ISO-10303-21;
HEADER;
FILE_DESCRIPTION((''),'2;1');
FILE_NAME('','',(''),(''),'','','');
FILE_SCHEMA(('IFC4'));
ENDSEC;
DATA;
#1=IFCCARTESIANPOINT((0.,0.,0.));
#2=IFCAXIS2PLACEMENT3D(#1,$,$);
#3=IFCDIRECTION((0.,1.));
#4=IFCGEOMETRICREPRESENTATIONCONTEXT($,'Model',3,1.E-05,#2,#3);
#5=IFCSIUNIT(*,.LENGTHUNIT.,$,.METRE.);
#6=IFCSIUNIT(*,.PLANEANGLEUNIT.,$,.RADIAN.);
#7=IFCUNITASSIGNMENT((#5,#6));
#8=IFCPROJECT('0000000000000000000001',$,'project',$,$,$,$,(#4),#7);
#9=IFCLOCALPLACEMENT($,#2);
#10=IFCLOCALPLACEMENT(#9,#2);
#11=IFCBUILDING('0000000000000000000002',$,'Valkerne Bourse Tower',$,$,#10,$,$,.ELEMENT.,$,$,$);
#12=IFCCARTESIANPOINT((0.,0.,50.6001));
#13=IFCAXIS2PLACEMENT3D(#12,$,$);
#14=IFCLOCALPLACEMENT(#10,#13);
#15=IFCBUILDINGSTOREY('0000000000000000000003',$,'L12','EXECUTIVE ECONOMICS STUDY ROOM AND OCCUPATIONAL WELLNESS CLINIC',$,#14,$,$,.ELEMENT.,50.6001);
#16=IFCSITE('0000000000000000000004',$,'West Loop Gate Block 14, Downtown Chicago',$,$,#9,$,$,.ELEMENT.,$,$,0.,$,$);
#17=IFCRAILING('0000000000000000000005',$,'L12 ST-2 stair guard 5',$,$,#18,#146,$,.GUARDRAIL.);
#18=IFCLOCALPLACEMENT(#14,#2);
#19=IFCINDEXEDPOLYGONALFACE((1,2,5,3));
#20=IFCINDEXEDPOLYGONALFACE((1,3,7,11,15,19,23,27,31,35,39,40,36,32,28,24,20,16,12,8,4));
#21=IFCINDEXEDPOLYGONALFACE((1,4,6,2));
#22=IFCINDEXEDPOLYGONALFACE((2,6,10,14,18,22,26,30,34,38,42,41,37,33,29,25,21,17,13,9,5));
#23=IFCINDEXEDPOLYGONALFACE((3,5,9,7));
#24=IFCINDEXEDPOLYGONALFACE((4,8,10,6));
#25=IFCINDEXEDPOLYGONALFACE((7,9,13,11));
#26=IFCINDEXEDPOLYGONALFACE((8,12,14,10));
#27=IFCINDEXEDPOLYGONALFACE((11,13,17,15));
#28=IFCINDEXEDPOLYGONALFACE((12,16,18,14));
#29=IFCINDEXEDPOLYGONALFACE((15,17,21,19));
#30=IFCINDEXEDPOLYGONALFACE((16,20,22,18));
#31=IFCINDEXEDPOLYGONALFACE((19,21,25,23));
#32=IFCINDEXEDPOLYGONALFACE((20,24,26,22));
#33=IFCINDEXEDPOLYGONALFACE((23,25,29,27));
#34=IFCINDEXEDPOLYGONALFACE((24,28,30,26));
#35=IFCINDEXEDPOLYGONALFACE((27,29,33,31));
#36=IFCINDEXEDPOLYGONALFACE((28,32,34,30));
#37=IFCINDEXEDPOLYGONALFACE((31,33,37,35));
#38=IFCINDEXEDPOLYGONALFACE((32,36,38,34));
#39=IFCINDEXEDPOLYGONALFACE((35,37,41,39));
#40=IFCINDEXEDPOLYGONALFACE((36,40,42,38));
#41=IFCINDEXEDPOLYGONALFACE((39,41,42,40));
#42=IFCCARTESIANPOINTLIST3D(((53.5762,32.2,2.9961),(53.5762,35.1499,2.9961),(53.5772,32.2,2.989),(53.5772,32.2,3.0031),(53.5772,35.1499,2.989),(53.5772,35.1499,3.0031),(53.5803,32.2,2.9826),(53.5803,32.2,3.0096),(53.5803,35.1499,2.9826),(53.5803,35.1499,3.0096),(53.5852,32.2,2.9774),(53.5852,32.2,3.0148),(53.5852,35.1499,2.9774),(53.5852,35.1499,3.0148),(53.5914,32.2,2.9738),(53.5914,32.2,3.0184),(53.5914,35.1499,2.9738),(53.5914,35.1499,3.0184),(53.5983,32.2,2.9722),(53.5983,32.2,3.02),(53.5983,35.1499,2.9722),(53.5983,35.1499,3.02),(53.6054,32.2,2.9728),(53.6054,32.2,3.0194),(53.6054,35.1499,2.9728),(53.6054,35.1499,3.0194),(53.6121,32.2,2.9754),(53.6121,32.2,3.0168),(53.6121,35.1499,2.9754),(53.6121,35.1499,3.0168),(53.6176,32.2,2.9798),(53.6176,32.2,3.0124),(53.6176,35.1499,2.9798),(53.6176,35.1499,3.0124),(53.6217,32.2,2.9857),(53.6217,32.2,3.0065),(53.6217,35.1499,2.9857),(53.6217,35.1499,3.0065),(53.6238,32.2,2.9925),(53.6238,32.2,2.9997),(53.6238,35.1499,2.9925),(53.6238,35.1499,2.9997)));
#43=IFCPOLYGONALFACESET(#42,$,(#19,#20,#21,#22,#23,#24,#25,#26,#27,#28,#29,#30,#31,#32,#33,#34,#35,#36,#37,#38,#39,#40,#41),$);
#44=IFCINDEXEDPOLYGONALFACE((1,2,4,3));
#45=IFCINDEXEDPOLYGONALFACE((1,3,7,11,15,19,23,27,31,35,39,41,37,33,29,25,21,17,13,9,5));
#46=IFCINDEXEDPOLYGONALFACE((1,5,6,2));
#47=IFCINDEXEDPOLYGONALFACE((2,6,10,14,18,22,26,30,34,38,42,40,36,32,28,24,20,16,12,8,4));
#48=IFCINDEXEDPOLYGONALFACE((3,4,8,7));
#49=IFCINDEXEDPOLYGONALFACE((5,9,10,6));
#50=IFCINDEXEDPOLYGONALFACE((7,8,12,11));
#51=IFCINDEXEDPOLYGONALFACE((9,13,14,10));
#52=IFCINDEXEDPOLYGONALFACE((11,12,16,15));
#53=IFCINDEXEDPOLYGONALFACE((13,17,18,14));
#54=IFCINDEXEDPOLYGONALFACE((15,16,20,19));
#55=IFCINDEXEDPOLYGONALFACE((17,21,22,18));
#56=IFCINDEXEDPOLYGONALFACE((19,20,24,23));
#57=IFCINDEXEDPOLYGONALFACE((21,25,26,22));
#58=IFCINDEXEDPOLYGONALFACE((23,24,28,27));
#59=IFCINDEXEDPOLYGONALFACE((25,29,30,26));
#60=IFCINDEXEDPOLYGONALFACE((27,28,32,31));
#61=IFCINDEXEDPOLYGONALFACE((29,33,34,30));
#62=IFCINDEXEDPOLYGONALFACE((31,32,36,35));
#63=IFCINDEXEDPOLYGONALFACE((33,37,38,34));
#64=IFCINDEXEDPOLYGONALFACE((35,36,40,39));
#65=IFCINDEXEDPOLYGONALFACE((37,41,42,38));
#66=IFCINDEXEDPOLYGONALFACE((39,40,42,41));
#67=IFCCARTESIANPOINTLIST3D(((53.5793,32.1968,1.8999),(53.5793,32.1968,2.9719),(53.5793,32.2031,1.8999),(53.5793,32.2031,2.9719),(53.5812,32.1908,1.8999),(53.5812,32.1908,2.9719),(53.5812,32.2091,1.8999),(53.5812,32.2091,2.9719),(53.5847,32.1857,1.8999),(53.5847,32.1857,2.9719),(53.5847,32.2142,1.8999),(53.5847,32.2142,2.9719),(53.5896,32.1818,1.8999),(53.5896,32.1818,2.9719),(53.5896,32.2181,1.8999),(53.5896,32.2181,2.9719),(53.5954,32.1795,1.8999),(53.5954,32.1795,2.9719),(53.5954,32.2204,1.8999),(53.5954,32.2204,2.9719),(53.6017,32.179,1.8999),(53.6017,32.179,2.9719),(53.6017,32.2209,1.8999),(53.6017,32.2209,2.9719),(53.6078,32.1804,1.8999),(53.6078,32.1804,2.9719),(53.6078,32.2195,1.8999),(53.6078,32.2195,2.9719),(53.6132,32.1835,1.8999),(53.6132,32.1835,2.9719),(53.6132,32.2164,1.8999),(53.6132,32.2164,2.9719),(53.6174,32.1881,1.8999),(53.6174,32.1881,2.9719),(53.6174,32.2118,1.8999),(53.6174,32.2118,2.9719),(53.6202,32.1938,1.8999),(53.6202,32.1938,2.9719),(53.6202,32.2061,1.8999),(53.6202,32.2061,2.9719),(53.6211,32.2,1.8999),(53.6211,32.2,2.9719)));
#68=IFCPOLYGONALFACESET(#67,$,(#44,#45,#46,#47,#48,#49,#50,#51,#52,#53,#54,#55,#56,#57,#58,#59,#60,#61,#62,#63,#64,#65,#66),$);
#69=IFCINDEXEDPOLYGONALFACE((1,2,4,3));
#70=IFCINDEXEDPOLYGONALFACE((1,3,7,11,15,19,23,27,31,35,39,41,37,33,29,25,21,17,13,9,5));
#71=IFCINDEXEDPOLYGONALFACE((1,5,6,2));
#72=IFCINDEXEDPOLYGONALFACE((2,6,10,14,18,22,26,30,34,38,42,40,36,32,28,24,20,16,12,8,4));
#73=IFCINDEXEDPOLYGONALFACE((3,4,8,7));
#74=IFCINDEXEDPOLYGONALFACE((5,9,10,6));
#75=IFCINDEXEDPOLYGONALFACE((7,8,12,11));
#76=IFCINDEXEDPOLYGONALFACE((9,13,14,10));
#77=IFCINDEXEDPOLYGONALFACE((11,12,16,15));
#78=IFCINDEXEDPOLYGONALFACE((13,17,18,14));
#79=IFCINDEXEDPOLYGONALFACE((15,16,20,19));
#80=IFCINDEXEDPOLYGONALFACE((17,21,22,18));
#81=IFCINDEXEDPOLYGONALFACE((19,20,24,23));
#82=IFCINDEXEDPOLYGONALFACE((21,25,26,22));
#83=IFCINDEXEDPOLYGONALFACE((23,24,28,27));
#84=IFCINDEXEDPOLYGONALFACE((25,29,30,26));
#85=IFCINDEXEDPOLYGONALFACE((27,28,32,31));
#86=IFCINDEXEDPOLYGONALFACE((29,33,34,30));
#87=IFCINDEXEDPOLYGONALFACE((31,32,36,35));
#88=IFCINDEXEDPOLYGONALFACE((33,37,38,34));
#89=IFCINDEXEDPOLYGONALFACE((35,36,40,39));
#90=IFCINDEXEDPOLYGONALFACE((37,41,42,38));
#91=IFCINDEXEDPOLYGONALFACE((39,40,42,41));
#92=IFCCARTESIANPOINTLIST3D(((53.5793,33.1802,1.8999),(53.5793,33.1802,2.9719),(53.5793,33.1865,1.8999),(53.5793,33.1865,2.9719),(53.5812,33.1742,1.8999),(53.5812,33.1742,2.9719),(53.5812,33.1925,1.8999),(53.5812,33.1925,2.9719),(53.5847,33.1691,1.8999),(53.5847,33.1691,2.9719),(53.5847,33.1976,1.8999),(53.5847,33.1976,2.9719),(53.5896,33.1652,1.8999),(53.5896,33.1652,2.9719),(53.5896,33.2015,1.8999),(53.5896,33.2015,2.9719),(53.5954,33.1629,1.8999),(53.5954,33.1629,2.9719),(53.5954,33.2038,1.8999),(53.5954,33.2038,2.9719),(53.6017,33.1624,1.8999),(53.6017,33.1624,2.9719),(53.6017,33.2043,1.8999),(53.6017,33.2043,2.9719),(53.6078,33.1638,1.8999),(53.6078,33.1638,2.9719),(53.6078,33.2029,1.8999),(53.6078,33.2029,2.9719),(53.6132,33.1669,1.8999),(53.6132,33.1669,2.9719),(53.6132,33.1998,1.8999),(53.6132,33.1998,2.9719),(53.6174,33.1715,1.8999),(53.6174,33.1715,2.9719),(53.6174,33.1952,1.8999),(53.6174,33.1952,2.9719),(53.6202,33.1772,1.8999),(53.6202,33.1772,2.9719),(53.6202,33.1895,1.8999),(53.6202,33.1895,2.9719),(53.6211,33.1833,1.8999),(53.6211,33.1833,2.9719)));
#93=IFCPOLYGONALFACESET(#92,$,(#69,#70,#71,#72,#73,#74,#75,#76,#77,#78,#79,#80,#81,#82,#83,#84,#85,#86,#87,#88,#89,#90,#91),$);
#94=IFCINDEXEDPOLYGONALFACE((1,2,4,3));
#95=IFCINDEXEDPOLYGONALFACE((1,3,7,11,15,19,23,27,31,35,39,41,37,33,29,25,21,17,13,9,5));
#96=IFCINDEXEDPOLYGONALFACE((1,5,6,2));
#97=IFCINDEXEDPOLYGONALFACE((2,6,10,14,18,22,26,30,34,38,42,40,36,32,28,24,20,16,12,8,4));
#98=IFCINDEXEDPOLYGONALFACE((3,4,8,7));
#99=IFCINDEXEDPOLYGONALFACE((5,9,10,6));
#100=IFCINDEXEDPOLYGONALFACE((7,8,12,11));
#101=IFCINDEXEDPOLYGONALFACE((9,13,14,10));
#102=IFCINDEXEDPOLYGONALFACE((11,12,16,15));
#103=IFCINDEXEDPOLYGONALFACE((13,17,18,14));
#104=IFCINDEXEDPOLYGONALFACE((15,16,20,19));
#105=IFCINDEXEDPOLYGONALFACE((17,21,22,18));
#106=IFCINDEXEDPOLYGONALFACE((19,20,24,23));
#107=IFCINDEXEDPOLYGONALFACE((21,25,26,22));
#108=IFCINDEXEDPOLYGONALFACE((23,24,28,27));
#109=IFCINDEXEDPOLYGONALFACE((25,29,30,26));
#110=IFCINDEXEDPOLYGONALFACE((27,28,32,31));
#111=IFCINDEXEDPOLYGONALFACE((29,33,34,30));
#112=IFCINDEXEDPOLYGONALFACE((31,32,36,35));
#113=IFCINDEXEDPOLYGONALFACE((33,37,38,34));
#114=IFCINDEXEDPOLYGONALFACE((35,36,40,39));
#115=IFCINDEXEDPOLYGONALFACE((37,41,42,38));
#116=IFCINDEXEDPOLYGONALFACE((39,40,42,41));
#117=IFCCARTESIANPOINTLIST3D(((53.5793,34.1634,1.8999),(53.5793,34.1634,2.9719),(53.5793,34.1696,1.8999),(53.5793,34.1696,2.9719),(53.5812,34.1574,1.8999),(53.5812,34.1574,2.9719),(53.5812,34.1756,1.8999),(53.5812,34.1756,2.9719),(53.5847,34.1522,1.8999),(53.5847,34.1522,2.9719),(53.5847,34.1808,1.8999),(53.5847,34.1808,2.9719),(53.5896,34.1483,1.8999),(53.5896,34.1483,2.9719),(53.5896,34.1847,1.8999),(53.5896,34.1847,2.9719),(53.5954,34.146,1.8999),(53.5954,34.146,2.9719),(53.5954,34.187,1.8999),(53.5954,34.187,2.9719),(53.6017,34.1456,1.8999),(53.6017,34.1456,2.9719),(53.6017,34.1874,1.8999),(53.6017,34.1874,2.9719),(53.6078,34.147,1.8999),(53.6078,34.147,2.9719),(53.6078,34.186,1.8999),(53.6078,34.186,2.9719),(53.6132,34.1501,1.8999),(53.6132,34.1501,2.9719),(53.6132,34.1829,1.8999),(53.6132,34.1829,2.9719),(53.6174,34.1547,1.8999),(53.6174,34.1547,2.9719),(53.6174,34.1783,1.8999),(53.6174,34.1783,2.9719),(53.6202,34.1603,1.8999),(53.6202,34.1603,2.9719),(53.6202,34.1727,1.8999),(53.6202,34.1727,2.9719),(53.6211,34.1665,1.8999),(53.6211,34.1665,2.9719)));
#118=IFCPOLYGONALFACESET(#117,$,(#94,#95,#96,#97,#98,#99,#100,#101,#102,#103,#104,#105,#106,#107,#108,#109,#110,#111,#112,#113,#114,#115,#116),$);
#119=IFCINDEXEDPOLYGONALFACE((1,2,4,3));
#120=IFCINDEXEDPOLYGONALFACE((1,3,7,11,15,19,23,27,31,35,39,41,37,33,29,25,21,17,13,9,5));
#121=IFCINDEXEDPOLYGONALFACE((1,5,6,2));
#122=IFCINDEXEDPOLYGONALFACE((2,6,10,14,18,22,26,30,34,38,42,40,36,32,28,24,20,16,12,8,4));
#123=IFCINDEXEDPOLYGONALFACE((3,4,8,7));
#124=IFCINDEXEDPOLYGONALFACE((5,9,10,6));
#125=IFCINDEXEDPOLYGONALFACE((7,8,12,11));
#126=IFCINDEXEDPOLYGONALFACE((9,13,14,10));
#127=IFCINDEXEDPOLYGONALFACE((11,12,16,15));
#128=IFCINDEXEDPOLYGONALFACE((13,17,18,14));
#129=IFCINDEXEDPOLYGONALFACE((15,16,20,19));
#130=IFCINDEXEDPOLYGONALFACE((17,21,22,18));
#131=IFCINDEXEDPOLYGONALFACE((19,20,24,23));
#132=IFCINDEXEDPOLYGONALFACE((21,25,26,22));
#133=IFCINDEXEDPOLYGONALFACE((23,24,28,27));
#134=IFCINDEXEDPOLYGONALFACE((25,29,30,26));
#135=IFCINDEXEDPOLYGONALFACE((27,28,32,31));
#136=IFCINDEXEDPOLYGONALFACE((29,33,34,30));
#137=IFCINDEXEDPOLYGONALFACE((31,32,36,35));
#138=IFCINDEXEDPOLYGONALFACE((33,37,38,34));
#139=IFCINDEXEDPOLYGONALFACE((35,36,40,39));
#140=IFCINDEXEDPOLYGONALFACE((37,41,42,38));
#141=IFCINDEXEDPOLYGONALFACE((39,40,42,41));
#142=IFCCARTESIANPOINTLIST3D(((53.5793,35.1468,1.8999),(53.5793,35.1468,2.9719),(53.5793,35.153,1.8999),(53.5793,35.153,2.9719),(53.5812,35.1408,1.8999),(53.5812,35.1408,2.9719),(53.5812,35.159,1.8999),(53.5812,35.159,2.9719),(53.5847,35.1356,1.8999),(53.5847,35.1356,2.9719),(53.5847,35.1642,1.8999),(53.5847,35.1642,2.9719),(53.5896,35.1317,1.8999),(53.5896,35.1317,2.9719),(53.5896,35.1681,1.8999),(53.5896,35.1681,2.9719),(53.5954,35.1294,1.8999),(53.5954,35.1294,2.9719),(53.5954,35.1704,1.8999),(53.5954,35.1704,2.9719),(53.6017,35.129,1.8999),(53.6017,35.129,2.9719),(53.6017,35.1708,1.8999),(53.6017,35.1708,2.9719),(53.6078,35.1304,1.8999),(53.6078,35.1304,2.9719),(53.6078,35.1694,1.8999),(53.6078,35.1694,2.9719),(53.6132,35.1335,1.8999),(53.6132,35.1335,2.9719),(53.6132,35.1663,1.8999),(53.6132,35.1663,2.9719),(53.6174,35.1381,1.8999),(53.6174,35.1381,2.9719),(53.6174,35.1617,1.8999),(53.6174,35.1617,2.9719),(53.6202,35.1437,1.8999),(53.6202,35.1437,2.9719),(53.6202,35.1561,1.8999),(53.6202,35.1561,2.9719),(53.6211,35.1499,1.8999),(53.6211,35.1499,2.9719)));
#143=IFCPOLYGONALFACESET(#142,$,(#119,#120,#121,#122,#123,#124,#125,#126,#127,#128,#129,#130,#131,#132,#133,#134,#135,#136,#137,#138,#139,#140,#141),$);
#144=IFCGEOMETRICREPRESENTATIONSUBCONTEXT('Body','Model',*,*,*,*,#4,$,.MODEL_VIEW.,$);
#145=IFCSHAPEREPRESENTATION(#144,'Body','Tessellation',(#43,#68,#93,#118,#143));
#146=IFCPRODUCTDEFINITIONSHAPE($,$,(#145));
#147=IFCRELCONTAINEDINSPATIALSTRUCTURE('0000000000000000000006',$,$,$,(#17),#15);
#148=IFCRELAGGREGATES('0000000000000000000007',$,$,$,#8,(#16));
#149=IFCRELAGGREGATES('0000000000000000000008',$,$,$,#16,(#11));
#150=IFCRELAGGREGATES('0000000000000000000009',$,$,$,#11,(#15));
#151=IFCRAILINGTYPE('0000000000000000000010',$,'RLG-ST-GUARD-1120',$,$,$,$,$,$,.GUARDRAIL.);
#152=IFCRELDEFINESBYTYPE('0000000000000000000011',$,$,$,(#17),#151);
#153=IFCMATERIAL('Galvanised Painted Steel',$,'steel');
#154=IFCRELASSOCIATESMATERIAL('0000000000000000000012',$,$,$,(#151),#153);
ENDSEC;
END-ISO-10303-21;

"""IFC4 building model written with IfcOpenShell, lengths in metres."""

from ifc_helpers import new_model, si_unit, direction, frame, origin, origin_2d, place, context, subcontext, project, spatial, circle, extrude, material, type_object, element, save


model = new_model("IFC4")

# Units and contexts
model_context = context("Model", 3, precision=1e-05, world=origin(), true_north=direction((0.0, 1.0)))
body_context = subcontext(model_context, "Body", "Model", "MODEL_VIEW")
ifc_project = project(units=[si_unit("LENGTHUNIT", "METRE"), si_unit("PLANEANGLEUNIT", "RADIAN")], contexts=[model_context])

# Site, building, storey
site_placement = place(None, origin())
site = spatial("IfcSite", under=ifc_project, at=site_placement, Name="West Loop Gate Block 14, Downtown Chicago", CompositionType="ELEMENT", RefElevation=0.0)
building_placement = place(site_placement, origin())
building = spatial("IfcBuilding", under=site, at=building_placement, Name="Valkerne Bourse Tower", CompositionType="ELEMENT")
storey_placement = place(building_placement, frame((0.0, 0.0, 50.6001)))
storey = spatial("IfcBuildingStorey", under=building, at=storey_placement, Name="L12", Description="EXECUTIVE ECONOMICS STUDY ROOM AND OCCUPATIONAL WELLNESS CLINIC", CompositionType="ELEMENT", Elevation=50.6001)

# Railing
ifc_material_1 = material(Name="Galvanised Painted Steel", Category="steel")
railing_type_1 = type_object("IfcRailingType", Name="RLG-ST-GUARD-1120", PredefinedType="GUARDRAIL", material=ifc_material_1)
railing_1_placement = place(storey_placement, frame((53.6001, 32.2, 1.8999)))
element("IfcRailing", 1, at=railing_1_placement, inside=storey, type_object=railing_type_1, Name="L12 ST-2 stair guard 5", PredefinedType="GUARDRAIL", context=body_context, shape_type="SweptSolid", body=[
    extrude(circle(Radius=0.0239, at=origin_2d()), frame((0.0, 0.0, 1.0962), z_axis=(0.0, 1.0, 0.0), x_axis=(-1.0, 0.0, 0.0)), (0.0, 0.0, 1.0), 2.95),
    extrude(circle(Radius=0.021, at=origin_2d()), origin(), (0.0, 0.0, 1.0), 1.072),
    extrude(circle(Radius=0.021, at=origin_2d()), frame((0.0, 0.9834, 0.0)), (0.0, 0.0, 1.0), 1.072),
    extrude(circle(Radius=0.021, at=origin_2d()), frame((0.0, 1.9666, 0.0)), (0.0, 0.0, 1.0), 1.072),
    extrude(circle(Radius=0.021, at=origin_2d()), frame((0.0, 2.95, 0.0)), (0.0, 0.0, 1.0), 1.072),
])

save(model, "model.ifc")
